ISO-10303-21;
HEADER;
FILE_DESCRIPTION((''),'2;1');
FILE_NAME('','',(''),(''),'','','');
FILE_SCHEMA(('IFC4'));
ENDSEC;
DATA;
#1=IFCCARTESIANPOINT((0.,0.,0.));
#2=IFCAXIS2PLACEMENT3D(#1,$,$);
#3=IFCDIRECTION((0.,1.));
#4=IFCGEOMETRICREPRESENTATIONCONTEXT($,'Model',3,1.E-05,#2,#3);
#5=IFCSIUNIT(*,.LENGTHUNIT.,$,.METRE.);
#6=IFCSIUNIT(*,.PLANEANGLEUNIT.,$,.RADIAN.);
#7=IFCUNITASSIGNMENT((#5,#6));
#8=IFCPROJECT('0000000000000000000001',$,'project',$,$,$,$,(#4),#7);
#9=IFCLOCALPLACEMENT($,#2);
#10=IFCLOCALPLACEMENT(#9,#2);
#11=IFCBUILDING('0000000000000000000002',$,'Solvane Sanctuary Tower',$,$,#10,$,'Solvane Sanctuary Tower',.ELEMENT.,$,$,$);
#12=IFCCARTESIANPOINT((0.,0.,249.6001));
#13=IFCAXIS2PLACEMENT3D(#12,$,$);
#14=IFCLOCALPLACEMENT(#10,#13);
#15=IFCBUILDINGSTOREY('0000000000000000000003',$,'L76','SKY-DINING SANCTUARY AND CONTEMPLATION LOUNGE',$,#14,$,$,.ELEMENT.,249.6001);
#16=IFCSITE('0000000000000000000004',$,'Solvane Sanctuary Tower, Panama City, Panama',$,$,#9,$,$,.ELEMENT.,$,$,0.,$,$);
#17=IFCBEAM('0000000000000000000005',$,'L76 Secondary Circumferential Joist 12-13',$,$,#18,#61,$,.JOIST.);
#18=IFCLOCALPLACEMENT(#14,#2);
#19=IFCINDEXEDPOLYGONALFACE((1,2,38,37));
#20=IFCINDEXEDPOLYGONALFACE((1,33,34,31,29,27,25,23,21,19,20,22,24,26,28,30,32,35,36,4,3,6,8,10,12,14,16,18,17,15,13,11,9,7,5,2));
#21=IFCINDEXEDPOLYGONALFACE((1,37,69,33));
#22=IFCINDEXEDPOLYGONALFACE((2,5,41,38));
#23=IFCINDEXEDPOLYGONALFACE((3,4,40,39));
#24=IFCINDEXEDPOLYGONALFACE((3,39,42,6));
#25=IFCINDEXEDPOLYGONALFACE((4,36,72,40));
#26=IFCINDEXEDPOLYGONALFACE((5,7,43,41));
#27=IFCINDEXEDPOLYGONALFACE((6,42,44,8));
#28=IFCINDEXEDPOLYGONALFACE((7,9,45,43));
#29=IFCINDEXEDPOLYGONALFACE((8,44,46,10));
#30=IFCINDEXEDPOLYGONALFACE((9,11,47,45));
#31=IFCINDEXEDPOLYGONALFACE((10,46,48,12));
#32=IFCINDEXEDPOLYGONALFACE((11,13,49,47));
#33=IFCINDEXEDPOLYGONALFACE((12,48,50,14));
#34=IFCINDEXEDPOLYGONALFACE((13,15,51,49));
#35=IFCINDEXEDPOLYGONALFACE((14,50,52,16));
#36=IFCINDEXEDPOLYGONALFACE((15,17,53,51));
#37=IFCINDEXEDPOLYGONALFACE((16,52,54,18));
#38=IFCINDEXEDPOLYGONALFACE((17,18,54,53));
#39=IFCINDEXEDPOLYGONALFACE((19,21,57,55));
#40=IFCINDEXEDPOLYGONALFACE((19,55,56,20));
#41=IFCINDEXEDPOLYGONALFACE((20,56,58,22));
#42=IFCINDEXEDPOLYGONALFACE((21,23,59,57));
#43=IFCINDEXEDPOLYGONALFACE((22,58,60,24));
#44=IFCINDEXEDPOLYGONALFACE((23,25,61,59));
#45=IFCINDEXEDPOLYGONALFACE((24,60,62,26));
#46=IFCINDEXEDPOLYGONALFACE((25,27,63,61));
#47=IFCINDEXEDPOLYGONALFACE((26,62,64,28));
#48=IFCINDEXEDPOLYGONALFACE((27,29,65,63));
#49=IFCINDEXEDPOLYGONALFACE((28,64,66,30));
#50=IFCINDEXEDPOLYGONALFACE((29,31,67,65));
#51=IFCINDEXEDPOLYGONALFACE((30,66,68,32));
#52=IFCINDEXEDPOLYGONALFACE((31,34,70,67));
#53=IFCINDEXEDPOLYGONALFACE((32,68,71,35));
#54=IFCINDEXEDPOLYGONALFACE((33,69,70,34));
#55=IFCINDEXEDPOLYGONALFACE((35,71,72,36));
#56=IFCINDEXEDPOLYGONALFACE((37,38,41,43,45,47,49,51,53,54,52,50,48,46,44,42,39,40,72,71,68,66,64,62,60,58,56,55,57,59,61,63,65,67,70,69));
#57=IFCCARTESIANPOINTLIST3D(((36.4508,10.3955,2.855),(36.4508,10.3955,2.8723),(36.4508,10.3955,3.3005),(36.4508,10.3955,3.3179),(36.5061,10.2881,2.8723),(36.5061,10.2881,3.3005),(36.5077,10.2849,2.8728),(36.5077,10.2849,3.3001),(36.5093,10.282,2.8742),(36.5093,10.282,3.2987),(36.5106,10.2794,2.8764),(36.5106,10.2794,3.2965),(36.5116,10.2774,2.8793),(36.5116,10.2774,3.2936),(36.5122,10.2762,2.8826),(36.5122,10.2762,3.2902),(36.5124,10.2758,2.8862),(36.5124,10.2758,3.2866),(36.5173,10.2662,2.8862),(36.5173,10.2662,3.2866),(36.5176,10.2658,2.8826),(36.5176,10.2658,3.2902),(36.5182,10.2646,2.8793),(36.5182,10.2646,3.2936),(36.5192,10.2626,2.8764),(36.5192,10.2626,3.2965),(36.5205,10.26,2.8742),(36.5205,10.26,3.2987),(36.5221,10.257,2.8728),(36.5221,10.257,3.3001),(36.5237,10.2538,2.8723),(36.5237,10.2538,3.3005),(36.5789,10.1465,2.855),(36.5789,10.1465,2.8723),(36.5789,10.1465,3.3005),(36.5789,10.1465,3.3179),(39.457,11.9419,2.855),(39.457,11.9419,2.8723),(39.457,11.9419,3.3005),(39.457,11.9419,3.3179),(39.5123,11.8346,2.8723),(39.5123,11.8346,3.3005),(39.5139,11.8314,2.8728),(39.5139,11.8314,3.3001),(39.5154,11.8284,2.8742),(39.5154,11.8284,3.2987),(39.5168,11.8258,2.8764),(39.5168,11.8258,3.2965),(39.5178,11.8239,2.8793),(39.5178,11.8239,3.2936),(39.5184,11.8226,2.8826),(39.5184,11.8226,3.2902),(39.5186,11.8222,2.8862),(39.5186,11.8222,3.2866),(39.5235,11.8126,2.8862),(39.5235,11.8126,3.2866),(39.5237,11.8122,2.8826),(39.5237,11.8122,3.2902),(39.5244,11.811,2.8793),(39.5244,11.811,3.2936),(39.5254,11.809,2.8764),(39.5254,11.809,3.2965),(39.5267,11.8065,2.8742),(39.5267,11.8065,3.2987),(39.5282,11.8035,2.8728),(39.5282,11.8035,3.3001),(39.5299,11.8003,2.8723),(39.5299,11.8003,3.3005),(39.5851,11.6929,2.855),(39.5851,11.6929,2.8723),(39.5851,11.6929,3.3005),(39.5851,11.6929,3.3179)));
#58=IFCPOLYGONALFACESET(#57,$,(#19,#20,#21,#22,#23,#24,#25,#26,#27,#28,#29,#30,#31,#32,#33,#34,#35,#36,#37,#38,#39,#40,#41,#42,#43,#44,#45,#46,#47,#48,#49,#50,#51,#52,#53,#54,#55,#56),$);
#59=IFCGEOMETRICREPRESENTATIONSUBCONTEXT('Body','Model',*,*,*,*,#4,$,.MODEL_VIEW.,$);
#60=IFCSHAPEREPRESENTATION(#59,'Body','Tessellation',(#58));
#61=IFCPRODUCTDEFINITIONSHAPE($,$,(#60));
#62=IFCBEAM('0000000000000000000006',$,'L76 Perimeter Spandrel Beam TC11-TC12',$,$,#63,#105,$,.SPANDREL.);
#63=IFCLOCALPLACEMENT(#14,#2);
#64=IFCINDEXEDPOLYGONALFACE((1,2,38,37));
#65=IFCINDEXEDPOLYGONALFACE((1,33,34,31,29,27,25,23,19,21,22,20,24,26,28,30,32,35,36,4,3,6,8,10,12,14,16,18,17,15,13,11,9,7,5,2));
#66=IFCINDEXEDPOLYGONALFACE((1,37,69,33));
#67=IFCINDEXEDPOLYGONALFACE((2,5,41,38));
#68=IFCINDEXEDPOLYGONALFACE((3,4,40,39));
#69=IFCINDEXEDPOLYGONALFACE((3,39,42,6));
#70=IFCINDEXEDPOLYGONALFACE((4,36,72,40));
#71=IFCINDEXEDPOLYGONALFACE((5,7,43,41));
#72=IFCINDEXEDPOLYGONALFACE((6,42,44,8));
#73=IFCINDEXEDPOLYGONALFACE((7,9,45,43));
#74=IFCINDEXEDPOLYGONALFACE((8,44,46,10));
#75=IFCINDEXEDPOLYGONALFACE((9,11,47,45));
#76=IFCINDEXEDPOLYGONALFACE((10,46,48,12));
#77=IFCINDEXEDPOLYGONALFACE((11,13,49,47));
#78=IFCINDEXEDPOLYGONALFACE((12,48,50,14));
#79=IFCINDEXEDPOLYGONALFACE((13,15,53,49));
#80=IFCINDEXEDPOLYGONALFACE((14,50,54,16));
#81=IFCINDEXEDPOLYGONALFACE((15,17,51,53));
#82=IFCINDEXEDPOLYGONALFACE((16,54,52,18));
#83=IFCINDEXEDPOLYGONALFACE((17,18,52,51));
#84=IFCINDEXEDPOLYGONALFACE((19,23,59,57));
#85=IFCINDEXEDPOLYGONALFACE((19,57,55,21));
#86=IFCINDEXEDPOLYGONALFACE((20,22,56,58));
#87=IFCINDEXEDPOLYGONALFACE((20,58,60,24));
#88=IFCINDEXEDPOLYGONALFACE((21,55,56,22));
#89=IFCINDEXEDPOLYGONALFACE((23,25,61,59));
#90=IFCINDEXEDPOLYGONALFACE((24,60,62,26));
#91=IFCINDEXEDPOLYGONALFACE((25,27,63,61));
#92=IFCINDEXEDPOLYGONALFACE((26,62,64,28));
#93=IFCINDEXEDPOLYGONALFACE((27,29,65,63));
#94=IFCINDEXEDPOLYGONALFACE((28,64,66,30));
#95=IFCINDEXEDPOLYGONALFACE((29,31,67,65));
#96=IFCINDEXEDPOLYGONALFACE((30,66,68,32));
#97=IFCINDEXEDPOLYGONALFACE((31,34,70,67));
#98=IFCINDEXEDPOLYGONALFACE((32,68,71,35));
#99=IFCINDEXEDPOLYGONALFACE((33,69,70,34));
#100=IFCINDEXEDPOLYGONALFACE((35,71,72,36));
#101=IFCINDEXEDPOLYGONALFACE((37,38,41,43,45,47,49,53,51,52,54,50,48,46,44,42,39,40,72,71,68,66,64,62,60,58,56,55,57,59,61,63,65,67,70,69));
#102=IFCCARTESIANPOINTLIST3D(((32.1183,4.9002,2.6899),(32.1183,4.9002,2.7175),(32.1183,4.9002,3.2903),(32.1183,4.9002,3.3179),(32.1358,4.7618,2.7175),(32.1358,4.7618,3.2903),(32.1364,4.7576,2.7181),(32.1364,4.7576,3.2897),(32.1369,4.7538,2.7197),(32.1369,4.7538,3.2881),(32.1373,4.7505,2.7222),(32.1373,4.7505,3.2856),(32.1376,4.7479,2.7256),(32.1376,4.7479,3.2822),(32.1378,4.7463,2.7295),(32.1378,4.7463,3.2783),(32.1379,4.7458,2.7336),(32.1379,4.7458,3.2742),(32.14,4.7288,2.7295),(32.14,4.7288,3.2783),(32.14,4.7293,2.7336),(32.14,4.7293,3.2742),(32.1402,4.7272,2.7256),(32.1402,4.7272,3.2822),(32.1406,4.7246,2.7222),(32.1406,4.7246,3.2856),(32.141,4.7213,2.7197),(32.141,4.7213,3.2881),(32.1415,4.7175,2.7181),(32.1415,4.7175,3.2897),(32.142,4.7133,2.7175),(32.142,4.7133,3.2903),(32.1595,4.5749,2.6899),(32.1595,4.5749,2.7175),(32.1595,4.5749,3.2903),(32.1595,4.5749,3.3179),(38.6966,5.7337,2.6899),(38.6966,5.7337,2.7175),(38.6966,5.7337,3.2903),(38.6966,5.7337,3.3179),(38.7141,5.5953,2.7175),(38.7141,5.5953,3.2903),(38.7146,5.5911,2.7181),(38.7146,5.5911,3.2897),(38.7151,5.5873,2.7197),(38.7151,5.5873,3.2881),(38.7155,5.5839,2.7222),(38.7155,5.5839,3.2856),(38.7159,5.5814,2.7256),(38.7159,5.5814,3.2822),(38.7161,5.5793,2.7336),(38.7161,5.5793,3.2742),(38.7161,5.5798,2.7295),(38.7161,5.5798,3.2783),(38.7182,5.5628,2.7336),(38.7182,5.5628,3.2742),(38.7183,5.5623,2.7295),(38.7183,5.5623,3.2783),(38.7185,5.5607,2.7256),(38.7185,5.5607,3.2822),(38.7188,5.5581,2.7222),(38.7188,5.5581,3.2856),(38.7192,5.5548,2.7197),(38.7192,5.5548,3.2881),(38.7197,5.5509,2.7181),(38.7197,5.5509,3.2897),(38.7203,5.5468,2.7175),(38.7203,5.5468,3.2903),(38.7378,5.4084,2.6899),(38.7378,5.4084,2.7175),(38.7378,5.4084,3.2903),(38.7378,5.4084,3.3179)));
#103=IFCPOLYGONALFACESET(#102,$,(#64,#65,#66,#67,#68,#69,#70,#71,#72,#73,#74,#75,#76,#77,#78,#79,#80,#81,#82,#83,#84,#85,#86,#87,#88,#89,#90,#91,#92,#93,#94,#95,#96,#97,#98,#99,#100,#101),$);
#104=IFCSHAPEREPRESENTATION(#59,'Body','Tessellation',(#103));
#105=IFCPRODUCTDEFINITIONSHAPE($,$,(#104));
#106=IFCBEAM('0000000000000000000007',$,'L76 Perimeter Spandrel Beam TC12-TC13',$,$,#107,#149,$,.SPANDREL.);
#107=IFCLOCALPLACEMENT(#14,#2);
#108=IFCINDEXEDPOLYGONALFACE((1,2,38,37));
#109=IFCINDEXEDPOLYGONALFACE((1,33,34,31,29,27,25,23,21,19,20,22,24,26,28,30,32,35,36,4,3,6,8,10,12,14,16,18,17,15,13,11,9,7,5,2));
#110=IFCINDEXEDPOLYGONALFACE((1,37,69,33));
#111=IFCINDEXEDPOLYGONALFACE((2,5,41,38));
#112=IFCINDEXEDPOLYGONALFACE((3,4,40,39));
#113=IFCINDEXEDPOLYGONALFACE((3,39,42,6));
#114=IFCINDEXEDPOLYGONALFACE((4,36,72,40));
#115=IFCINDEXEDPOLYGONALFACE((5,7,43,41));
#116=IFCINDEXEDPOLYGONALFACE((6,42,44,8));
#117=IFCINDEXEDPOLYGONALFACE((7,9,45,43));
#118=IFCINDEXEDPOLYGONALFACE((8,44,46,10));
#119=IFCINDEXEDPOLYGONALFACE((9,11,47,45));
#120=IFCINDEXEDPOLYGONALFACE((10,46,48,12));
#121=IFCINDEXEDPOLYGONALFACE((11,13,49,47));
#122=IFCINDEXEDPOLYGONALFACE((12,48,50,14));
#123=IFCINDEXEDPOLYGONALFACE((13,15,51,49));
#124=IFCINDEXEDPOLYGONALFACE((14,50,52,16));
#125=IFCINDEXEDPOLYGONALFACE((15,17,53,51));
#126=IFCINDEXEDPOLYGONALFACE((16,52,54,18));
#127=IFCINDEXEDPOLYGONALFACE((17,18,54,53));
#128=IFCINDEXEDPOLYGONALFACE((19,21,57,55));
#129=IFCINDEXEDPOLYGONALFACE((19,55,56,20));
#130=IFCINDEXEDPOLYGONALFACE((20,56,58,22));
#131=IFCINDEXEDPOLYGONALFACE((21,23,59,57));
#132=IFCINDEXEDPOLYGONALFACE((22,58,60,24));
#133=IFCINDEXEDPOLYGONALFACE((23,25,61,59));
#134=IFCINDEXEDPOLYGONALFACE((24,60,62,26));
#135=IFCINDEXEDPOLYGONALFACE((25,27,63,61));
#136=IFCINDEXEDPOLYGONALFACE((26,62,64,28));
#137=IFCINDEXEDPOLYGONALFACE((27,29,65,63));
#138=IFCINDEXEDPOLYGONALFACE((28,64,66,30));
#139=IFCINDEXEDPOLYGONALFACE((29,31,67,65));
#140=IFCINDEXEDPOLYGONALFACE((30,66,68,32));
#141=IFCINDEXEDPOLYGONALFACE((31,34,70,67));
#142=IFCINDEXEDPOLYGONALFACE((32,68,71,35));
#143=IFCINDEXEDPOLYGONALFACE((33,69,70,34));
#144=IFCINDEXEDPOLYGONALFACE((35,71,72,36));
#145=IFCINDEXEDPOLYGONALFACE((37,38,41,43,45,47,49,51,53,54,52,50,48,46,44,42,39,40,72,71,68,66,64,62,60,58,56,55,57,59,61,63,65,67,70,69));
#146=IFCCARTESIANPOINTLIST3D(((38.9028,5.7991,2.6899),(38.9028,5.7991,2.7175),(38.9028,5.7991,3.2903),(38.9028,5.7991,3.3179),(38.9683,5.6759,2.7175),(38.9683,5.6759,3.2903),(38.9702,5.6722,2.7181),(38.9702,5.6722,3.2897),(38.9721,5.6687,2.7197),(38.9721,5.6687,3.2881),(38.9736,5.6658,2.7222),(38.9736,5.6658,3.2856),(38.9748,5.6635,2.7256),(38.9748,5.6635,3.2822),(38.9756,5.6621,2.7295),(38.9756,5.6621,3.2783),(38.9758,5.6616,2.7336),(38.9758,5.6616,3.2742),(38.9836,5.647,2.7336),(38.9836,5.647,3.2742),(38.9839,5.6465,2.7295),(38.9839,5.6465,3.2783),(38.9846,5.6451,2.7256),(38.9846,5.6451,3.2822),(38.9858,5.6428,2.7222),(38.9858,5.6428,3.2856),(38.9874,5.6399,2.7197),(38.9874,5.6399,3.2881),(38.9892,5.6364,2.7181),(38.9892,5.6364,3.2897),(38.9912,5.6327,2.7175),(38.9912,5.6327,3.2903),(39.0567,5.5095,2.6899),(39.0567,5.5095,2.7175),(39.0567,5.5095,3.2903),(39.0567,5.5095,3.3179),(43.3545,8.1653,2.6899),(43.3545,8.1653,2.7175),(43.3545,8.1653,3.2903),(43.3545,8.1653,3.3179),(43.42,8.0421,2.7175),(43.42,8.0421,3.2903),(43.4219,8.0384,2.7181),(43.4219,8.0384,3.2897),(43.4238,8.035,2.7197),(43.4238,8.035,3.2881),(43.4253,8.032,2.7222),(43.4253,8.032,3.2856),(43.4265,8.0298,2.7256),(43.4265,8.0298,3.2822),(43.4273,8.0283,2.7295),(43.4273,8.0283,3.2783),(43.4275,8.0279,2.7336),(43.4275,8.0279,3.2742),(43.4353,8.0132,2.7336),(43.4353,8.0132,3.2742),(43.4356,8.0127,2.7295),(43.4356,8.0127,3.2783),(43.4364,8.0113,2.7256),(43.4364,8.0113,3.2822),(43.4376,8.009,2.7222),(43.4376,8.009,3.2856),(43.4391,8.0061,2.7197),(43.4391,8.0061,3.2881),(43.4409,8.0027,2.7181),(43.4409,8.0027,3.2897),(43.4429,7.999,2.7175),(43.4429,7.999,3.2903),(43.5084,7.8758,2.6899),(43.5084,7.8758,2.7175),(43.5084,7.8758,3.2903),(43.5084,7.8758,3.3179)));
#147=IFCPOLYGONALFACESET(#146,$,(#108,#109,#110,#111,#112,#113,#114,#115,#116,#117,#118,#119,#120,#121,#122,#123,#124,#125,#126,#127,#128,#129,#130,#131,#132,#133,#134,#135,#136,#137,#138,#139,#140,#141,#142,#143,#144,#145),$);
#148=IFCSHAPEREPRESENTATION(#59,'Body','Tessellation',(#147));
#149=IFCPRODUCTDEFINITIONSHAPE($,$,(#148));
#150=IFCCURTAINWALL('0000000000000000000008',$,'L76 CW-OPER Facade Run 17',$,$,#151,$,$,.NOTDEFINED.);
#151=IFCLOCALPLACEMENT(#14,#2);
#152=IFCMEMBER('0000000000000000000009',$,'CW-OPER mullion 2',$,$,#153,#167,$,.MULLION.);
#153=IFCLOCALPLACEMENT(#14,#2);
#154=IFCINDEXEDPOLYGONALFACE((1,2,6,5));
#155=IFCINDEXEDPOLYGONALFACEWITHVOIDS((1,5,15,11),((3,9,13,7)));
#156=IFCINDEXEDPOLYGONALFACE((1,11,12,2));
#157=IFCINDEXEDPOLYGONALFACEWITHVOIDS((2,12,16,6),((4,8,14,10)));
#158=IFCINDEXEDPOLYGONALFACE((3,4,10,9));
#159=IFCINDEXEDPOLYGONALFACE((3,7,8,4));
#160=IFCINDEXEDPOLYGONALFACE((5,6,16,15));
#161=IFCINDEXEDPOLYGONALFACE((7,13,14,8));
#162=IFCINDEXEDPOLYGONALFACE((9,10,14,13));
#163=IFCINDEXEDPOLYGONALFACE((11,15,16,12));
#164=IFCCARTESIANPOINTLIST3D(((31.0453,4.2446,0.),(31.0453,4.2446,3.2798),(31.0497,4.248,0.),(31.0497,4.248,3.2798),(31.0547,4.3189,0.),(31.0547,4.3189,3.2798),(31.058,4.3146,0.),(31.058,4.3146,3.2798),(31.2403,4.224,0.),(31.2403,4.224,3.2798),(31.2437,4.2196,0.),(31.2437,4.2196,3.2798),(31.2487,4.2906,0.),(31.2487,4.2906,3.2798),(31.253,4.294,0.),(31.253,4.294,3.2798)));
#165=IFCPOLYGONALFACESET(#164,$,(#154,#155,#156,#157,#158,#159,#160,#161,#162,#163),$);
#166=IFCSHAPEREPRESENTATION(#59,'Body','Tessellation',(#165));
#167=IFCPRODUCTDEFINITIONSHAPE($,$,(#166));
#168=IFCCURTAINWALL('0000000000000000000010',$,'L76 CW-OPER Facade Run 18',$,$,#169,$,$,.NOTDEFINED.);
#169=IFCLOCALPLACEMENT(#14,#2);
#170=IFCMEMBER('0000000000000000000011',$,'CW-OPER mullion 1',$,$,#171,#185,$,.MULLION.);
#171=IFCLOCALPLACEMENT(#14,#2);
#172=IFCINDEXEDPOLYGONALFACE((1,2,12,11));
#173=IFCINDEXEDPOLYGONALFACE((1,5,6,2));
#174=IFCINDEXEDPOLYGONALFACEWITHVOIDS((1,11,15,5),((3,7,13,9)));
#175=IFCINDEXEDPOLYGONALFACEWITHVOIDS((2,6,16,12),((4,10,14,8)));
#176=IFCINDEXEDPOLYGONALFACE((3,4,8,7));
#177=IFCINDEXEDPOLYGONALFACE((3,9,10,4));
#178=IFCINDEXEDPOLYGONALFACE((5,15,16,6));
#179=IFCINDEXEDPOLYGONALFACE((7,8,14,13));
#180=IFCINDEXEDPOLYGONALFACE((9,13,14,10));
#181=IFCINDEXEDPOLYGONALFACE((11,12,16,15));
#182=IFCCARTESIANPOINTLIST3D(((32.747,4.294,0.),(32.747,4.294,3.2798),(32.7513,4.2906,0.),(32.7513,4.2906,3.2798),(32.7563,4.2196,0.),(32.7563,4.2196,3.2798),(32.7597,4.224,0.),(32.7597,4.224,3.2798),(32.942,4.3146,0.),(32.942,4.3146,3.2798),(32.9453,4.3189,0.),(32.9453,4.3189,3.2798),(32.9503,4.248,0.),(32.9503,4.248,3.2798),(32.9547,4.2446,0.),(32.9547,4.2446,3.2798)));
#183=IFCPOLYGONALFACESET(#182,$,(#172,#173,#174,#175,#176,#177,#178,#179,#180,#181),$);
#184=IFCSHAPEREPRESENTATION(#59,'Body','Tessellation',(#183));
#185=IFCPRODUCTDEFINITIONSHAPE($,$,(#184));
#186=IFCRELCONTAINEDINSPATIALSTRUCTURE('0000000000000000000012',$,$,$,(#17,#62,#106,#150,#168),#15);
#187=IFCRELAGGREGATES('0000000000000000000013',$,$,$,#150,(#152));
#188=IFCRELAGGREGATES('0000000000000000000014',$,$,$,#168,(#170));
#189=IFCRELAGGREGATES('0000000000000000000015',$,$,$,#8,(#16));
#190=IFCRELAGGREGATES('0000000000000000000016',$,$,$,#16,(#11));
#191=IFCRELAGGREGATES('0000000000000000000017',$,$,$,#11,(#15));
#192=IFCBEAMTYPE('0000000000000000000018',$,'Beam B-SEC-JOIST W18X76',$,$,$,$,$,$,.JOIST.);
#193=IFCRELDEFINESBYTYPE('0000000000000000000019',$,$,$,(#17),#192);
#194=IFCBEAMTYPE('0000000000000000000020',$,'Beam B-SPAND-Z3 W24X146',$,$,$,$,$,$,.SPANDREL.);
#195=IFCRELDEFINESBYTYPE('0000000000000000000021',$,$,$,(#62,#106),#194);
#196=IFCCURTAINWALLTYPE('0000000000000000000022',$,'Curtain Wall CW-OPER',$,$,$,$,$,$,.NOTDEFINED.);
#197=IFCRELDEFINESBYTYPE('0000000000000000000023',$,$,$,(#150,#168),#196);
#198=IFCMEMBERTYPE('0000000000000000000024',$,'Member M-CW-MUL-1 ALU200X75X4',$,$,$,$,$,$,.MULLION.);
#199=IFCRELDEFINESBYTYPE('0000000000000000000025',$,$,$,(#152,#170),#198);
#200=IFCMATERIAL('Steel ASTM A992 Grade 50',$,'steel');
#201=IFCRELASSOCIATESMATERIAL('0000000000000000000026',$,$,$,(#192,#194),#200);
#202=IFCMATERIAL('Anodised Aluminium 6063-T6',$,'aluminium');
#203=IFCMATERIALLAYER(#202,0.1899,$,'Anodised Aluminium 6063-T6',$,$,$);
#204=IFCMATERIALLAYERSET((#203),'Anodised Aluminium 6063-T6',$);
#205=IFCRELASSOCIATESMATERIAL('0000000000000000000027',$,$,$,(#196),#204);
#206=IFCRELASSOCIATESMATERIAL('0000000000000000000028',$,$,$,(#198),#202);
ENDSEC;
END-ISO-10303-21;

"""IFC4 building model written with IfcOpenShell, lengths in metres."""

from ifc_helpers import new_model, si_unit, direction, frame, origin, origin_2d, place, context, subcontext, project, spatial, hollow_rectangle, i_section, extrude, material, layer, layer_set, material_profile, profile_set, type_object, element, aggregate, save


model = new_model("IFC4")

# Units and contexts
model_context = context("Model", 3, precision=1e-05, world=origin(), true_north=direction((0.0, 1.0)))
body_context = subcontext(model_context, "Body", "Model", "MODEL_VIEW")
ifc_project = project(units=[si_unit("LENGTHUNIT", "METRE"), si_unit("PLANEANGLEUNIT", "RADIAN")], contexts=[model_context])

# Site, building, storey
site_placement = place(None, origin())
site = spatial("IfcSite", under=ifc_project, at=site_placement, Name="Solvane Sanctuary Tower, Panama City, Panama", CompositionType="ELEMENT", RefElevation=0.0)
building_placement = place(site_placement, origin())
building = spatial("IfcBuilding", under=site, at=building_placement, Name="Solvane Sanctuary Tower", LongName="Solvane Sanctuary Tower", CompositionType="ELEMENT")
storey_placement = place(building_placement, frame((0.0, 0.0, 249.6001)))
storey = spatial("IfcBuildingStorey", under=building, at=storey_placement, Name="L76", Description="SKY-DINING SANCTUARY AND CONTEMPLATION LOUNGE", CompositionType="ELEMENT", Elevation=249.6001)

# Beams
ifc_material_1 = material(Name="Steel ASTM A992 Grade 50", Category="steel")
ifc_material_profile_1 = material_profile(ifc_material_1, i_section(OverallWidth=0.28, OverallDepth=0.4629, WebThickness=0.0107, FlangeThickness=0.0173, FilletRadius=0.0139, at=origin_2d()), Name="W18X76")
ifc_profile_set_1 = profile_set([ifc_material_profile_1], Name="Steel ASTM A992 Grade 50")
beam_type_1 = type_object("IfcBeamType", Name="Beam B-SEC-JOIST W18X76", PredefinedType="JOIST", material=ifc_profile_set_1)
beam_1_placement = place(storey_placement, frame((36.5149, 10.271, 3.0864), z_axis=(0.889241, 0.457439, 0.0), x_axis=(-0.457439, 0.889241, 0.0)))
element("IfcBeam", 1, at=beam_1_placement, inside=storey, type_object=beam_type_1, Name="L76 Secondary Circumferential Joist 12-13", PredefinedType="JOIST", context=body_context, shape_type="SweptSolid", body=[
    extrude(i_section(OverallWidth=0.28, OverallDepth=0.4629, WebThickness=0.0107, FlangeThickness=0.0173, FilletRadius=0.0139, at=origin_2d()), origin(), (0.0, 0.0, 1.0), 3.3806),
])
ifc_material_profile_2 = material_profile(ifc_material_1, i_section(OverallWidth=0.3279, OverallDepth=0.6279, WebThickness=0.0166, FlangeThickness=0.0276, FilletRadius=0.0161, at=origin_2d()), Name="W24X146")
ifc_profile_set_2 = profile_set([ifc_material_profile_2], Name="Steel ASTM A992 Grade 50")
beam_type_2 = type_object("IfcBeamType", Name="Beam B-SPAND-Z3 W24X146", PredefinedType="SPANDREL", material=ifc_profile_set_2)
beam_2_placement = place(storey_placement, frame((32.1389, 4.7375, 3.0039), z_axis=(0.992069, 0.125698, 0.0), x_axis=(-0.125698, 0.992069, 0.0)))
element("IfcBeam", 2, at=beam_2_placement, inside=storey, type_object=beam_type_2, Name="L76 Perimeter Spandrel Beam TC11-TC12", PredefinedType="SPANDREL", context=body_context, shape_type="SweptSolid", body=[
    extrude(i_section(OverallWidth=0.3279, OverallDepth=0.6279, WebThickness=0.0166, FlangeThickness=0.0276, FilletRadius=0.0161, at=origin_2d()), origin(), (0.0, 0.0, 1.0), 6.6309),
])
beam_3_placement = place(storey_placement, frame((38.9797, 5.6543, 3.0039), z_axis=(0.883012, 0.469351, 0.0), x_axis=(-0.469351, 0.883012, 0.0)))
element("IfcBeam", 3, at=beam_3_placement, inside=storey, type_object=beam_type_2, Name="L76 Perimeter Spandrel Beam TC12-TC13", PredefinedType="SPANDREL", context=body_context, shape_type="SweptSolid", body=[
    extrude(i_section(OverallWidth=0.3279, OverallDepth=0.6279, WebThickness=0.0166, FlangeThickness=0.0276, FilletRadius=0.0161, at=origin_2d()), origin(), (0.0, 0.0, 1.0), 5.0415),
])

# Curtain wall, member
ifc_material_2 = material(Name="Anodised Aluminium 6063-T6", Category="aluminium")
ifc_layer_1 = layer(ifc_material_2, 0.1899, Name="Anodised Aluminium 6063-T6")
ifc_layer_set_1 = layer_set([ifc_layer_1], Name="Anodised Aluminium 6063-T6")
curtain_wall_type = type_object("IfcCurtainWallType", Name="Curtain Wall CW-OPER", PredefinedType="NOTDEFINED", material=ifc_layer_set_1)
curtain_wall_1_placement = place(storey_placement, origin())
curtain_wall_1 = element("IfcCurtainWall", 4, at=curtain_wall_1_placement, inside=storey, type_object=curtain_wall_type, Name="L76 CW-OPER Facade Run 17", PredefinedType="NOTDEFINED")
ifc_material_profile_3 = material_profile(ifc_material_2, hollow_rectangle(XDim=0.075, YDim=0.2, WallThickness=0.0039, at=origin_2d()), Name="ALU200X75X4")
ifc_profile_set_3 = profile_set([ifc_material_profile_3], Name="Anodised Aluminium 6063-T6")
member_type_1 = type_object("IfcMemberType", Name="Member M-CW-MUL-1 ALU200X75X4", PredefinedType="MULLION", material=ifc_profile_set_3)
member_1_placement = place(storey_placement, frame((31.1492, 4.2693, 0.0), z_axis=(0.0, 0.0, 1.0), x_axis=(0.124815, 0.99218, 0.0)))
member_1 = element("IfcMember", 5, at=member_1_placement, type_object=member_type_1, Name="CW-OPER mullion 2", PredefinedType="MULLION", context=body_context, shape_type="SweptSolid", body=[
    extrude(hollow_rectangle(XDim=0.075, YDim=0.2, WallThickness=0.0039, at=origin_2d()), origin(), (0.0, 0.0, 1.0), 3.2798),
])
aggregate(curtain_wall_1, [member_1])

# Curtain wall, member
curtain_wall_2_placement = place(storey_placement, origin())
curtain_wall_2 = element("IfcCurtainWall", 6, at=curtain_wall_2_placement, inside=storey, type_object=curtain_wall_type, Name="L76 CW-OPER Facade Run 18", PredefinedType="NOTDEFINED")
member_2_placement = place(storey_placement, frame((32.8508, 4.2693, 0.0), z_axis=(0.0, 0.0, 1.0), x_axis=(-0.124815, 0.99218, 0.0)))
member_2 = element("IfcMember", 7, at=member_2_placement, type_object=member_type_1, Name="CW-OPER mullion 1", PredefinedType="MULLION", context=body_context, shape_type="SweptSolid", body=[
    extrude(hollow_rectangle(XDim=0.075, YDim=0.2, WallThickness=0.0039, at=origin_2d()), origin(), (0.0, 0.0, 1.0), 3.2798),
])
aggregate(curtain_wall_2, [member_2])

save(model, "model.ifc")
